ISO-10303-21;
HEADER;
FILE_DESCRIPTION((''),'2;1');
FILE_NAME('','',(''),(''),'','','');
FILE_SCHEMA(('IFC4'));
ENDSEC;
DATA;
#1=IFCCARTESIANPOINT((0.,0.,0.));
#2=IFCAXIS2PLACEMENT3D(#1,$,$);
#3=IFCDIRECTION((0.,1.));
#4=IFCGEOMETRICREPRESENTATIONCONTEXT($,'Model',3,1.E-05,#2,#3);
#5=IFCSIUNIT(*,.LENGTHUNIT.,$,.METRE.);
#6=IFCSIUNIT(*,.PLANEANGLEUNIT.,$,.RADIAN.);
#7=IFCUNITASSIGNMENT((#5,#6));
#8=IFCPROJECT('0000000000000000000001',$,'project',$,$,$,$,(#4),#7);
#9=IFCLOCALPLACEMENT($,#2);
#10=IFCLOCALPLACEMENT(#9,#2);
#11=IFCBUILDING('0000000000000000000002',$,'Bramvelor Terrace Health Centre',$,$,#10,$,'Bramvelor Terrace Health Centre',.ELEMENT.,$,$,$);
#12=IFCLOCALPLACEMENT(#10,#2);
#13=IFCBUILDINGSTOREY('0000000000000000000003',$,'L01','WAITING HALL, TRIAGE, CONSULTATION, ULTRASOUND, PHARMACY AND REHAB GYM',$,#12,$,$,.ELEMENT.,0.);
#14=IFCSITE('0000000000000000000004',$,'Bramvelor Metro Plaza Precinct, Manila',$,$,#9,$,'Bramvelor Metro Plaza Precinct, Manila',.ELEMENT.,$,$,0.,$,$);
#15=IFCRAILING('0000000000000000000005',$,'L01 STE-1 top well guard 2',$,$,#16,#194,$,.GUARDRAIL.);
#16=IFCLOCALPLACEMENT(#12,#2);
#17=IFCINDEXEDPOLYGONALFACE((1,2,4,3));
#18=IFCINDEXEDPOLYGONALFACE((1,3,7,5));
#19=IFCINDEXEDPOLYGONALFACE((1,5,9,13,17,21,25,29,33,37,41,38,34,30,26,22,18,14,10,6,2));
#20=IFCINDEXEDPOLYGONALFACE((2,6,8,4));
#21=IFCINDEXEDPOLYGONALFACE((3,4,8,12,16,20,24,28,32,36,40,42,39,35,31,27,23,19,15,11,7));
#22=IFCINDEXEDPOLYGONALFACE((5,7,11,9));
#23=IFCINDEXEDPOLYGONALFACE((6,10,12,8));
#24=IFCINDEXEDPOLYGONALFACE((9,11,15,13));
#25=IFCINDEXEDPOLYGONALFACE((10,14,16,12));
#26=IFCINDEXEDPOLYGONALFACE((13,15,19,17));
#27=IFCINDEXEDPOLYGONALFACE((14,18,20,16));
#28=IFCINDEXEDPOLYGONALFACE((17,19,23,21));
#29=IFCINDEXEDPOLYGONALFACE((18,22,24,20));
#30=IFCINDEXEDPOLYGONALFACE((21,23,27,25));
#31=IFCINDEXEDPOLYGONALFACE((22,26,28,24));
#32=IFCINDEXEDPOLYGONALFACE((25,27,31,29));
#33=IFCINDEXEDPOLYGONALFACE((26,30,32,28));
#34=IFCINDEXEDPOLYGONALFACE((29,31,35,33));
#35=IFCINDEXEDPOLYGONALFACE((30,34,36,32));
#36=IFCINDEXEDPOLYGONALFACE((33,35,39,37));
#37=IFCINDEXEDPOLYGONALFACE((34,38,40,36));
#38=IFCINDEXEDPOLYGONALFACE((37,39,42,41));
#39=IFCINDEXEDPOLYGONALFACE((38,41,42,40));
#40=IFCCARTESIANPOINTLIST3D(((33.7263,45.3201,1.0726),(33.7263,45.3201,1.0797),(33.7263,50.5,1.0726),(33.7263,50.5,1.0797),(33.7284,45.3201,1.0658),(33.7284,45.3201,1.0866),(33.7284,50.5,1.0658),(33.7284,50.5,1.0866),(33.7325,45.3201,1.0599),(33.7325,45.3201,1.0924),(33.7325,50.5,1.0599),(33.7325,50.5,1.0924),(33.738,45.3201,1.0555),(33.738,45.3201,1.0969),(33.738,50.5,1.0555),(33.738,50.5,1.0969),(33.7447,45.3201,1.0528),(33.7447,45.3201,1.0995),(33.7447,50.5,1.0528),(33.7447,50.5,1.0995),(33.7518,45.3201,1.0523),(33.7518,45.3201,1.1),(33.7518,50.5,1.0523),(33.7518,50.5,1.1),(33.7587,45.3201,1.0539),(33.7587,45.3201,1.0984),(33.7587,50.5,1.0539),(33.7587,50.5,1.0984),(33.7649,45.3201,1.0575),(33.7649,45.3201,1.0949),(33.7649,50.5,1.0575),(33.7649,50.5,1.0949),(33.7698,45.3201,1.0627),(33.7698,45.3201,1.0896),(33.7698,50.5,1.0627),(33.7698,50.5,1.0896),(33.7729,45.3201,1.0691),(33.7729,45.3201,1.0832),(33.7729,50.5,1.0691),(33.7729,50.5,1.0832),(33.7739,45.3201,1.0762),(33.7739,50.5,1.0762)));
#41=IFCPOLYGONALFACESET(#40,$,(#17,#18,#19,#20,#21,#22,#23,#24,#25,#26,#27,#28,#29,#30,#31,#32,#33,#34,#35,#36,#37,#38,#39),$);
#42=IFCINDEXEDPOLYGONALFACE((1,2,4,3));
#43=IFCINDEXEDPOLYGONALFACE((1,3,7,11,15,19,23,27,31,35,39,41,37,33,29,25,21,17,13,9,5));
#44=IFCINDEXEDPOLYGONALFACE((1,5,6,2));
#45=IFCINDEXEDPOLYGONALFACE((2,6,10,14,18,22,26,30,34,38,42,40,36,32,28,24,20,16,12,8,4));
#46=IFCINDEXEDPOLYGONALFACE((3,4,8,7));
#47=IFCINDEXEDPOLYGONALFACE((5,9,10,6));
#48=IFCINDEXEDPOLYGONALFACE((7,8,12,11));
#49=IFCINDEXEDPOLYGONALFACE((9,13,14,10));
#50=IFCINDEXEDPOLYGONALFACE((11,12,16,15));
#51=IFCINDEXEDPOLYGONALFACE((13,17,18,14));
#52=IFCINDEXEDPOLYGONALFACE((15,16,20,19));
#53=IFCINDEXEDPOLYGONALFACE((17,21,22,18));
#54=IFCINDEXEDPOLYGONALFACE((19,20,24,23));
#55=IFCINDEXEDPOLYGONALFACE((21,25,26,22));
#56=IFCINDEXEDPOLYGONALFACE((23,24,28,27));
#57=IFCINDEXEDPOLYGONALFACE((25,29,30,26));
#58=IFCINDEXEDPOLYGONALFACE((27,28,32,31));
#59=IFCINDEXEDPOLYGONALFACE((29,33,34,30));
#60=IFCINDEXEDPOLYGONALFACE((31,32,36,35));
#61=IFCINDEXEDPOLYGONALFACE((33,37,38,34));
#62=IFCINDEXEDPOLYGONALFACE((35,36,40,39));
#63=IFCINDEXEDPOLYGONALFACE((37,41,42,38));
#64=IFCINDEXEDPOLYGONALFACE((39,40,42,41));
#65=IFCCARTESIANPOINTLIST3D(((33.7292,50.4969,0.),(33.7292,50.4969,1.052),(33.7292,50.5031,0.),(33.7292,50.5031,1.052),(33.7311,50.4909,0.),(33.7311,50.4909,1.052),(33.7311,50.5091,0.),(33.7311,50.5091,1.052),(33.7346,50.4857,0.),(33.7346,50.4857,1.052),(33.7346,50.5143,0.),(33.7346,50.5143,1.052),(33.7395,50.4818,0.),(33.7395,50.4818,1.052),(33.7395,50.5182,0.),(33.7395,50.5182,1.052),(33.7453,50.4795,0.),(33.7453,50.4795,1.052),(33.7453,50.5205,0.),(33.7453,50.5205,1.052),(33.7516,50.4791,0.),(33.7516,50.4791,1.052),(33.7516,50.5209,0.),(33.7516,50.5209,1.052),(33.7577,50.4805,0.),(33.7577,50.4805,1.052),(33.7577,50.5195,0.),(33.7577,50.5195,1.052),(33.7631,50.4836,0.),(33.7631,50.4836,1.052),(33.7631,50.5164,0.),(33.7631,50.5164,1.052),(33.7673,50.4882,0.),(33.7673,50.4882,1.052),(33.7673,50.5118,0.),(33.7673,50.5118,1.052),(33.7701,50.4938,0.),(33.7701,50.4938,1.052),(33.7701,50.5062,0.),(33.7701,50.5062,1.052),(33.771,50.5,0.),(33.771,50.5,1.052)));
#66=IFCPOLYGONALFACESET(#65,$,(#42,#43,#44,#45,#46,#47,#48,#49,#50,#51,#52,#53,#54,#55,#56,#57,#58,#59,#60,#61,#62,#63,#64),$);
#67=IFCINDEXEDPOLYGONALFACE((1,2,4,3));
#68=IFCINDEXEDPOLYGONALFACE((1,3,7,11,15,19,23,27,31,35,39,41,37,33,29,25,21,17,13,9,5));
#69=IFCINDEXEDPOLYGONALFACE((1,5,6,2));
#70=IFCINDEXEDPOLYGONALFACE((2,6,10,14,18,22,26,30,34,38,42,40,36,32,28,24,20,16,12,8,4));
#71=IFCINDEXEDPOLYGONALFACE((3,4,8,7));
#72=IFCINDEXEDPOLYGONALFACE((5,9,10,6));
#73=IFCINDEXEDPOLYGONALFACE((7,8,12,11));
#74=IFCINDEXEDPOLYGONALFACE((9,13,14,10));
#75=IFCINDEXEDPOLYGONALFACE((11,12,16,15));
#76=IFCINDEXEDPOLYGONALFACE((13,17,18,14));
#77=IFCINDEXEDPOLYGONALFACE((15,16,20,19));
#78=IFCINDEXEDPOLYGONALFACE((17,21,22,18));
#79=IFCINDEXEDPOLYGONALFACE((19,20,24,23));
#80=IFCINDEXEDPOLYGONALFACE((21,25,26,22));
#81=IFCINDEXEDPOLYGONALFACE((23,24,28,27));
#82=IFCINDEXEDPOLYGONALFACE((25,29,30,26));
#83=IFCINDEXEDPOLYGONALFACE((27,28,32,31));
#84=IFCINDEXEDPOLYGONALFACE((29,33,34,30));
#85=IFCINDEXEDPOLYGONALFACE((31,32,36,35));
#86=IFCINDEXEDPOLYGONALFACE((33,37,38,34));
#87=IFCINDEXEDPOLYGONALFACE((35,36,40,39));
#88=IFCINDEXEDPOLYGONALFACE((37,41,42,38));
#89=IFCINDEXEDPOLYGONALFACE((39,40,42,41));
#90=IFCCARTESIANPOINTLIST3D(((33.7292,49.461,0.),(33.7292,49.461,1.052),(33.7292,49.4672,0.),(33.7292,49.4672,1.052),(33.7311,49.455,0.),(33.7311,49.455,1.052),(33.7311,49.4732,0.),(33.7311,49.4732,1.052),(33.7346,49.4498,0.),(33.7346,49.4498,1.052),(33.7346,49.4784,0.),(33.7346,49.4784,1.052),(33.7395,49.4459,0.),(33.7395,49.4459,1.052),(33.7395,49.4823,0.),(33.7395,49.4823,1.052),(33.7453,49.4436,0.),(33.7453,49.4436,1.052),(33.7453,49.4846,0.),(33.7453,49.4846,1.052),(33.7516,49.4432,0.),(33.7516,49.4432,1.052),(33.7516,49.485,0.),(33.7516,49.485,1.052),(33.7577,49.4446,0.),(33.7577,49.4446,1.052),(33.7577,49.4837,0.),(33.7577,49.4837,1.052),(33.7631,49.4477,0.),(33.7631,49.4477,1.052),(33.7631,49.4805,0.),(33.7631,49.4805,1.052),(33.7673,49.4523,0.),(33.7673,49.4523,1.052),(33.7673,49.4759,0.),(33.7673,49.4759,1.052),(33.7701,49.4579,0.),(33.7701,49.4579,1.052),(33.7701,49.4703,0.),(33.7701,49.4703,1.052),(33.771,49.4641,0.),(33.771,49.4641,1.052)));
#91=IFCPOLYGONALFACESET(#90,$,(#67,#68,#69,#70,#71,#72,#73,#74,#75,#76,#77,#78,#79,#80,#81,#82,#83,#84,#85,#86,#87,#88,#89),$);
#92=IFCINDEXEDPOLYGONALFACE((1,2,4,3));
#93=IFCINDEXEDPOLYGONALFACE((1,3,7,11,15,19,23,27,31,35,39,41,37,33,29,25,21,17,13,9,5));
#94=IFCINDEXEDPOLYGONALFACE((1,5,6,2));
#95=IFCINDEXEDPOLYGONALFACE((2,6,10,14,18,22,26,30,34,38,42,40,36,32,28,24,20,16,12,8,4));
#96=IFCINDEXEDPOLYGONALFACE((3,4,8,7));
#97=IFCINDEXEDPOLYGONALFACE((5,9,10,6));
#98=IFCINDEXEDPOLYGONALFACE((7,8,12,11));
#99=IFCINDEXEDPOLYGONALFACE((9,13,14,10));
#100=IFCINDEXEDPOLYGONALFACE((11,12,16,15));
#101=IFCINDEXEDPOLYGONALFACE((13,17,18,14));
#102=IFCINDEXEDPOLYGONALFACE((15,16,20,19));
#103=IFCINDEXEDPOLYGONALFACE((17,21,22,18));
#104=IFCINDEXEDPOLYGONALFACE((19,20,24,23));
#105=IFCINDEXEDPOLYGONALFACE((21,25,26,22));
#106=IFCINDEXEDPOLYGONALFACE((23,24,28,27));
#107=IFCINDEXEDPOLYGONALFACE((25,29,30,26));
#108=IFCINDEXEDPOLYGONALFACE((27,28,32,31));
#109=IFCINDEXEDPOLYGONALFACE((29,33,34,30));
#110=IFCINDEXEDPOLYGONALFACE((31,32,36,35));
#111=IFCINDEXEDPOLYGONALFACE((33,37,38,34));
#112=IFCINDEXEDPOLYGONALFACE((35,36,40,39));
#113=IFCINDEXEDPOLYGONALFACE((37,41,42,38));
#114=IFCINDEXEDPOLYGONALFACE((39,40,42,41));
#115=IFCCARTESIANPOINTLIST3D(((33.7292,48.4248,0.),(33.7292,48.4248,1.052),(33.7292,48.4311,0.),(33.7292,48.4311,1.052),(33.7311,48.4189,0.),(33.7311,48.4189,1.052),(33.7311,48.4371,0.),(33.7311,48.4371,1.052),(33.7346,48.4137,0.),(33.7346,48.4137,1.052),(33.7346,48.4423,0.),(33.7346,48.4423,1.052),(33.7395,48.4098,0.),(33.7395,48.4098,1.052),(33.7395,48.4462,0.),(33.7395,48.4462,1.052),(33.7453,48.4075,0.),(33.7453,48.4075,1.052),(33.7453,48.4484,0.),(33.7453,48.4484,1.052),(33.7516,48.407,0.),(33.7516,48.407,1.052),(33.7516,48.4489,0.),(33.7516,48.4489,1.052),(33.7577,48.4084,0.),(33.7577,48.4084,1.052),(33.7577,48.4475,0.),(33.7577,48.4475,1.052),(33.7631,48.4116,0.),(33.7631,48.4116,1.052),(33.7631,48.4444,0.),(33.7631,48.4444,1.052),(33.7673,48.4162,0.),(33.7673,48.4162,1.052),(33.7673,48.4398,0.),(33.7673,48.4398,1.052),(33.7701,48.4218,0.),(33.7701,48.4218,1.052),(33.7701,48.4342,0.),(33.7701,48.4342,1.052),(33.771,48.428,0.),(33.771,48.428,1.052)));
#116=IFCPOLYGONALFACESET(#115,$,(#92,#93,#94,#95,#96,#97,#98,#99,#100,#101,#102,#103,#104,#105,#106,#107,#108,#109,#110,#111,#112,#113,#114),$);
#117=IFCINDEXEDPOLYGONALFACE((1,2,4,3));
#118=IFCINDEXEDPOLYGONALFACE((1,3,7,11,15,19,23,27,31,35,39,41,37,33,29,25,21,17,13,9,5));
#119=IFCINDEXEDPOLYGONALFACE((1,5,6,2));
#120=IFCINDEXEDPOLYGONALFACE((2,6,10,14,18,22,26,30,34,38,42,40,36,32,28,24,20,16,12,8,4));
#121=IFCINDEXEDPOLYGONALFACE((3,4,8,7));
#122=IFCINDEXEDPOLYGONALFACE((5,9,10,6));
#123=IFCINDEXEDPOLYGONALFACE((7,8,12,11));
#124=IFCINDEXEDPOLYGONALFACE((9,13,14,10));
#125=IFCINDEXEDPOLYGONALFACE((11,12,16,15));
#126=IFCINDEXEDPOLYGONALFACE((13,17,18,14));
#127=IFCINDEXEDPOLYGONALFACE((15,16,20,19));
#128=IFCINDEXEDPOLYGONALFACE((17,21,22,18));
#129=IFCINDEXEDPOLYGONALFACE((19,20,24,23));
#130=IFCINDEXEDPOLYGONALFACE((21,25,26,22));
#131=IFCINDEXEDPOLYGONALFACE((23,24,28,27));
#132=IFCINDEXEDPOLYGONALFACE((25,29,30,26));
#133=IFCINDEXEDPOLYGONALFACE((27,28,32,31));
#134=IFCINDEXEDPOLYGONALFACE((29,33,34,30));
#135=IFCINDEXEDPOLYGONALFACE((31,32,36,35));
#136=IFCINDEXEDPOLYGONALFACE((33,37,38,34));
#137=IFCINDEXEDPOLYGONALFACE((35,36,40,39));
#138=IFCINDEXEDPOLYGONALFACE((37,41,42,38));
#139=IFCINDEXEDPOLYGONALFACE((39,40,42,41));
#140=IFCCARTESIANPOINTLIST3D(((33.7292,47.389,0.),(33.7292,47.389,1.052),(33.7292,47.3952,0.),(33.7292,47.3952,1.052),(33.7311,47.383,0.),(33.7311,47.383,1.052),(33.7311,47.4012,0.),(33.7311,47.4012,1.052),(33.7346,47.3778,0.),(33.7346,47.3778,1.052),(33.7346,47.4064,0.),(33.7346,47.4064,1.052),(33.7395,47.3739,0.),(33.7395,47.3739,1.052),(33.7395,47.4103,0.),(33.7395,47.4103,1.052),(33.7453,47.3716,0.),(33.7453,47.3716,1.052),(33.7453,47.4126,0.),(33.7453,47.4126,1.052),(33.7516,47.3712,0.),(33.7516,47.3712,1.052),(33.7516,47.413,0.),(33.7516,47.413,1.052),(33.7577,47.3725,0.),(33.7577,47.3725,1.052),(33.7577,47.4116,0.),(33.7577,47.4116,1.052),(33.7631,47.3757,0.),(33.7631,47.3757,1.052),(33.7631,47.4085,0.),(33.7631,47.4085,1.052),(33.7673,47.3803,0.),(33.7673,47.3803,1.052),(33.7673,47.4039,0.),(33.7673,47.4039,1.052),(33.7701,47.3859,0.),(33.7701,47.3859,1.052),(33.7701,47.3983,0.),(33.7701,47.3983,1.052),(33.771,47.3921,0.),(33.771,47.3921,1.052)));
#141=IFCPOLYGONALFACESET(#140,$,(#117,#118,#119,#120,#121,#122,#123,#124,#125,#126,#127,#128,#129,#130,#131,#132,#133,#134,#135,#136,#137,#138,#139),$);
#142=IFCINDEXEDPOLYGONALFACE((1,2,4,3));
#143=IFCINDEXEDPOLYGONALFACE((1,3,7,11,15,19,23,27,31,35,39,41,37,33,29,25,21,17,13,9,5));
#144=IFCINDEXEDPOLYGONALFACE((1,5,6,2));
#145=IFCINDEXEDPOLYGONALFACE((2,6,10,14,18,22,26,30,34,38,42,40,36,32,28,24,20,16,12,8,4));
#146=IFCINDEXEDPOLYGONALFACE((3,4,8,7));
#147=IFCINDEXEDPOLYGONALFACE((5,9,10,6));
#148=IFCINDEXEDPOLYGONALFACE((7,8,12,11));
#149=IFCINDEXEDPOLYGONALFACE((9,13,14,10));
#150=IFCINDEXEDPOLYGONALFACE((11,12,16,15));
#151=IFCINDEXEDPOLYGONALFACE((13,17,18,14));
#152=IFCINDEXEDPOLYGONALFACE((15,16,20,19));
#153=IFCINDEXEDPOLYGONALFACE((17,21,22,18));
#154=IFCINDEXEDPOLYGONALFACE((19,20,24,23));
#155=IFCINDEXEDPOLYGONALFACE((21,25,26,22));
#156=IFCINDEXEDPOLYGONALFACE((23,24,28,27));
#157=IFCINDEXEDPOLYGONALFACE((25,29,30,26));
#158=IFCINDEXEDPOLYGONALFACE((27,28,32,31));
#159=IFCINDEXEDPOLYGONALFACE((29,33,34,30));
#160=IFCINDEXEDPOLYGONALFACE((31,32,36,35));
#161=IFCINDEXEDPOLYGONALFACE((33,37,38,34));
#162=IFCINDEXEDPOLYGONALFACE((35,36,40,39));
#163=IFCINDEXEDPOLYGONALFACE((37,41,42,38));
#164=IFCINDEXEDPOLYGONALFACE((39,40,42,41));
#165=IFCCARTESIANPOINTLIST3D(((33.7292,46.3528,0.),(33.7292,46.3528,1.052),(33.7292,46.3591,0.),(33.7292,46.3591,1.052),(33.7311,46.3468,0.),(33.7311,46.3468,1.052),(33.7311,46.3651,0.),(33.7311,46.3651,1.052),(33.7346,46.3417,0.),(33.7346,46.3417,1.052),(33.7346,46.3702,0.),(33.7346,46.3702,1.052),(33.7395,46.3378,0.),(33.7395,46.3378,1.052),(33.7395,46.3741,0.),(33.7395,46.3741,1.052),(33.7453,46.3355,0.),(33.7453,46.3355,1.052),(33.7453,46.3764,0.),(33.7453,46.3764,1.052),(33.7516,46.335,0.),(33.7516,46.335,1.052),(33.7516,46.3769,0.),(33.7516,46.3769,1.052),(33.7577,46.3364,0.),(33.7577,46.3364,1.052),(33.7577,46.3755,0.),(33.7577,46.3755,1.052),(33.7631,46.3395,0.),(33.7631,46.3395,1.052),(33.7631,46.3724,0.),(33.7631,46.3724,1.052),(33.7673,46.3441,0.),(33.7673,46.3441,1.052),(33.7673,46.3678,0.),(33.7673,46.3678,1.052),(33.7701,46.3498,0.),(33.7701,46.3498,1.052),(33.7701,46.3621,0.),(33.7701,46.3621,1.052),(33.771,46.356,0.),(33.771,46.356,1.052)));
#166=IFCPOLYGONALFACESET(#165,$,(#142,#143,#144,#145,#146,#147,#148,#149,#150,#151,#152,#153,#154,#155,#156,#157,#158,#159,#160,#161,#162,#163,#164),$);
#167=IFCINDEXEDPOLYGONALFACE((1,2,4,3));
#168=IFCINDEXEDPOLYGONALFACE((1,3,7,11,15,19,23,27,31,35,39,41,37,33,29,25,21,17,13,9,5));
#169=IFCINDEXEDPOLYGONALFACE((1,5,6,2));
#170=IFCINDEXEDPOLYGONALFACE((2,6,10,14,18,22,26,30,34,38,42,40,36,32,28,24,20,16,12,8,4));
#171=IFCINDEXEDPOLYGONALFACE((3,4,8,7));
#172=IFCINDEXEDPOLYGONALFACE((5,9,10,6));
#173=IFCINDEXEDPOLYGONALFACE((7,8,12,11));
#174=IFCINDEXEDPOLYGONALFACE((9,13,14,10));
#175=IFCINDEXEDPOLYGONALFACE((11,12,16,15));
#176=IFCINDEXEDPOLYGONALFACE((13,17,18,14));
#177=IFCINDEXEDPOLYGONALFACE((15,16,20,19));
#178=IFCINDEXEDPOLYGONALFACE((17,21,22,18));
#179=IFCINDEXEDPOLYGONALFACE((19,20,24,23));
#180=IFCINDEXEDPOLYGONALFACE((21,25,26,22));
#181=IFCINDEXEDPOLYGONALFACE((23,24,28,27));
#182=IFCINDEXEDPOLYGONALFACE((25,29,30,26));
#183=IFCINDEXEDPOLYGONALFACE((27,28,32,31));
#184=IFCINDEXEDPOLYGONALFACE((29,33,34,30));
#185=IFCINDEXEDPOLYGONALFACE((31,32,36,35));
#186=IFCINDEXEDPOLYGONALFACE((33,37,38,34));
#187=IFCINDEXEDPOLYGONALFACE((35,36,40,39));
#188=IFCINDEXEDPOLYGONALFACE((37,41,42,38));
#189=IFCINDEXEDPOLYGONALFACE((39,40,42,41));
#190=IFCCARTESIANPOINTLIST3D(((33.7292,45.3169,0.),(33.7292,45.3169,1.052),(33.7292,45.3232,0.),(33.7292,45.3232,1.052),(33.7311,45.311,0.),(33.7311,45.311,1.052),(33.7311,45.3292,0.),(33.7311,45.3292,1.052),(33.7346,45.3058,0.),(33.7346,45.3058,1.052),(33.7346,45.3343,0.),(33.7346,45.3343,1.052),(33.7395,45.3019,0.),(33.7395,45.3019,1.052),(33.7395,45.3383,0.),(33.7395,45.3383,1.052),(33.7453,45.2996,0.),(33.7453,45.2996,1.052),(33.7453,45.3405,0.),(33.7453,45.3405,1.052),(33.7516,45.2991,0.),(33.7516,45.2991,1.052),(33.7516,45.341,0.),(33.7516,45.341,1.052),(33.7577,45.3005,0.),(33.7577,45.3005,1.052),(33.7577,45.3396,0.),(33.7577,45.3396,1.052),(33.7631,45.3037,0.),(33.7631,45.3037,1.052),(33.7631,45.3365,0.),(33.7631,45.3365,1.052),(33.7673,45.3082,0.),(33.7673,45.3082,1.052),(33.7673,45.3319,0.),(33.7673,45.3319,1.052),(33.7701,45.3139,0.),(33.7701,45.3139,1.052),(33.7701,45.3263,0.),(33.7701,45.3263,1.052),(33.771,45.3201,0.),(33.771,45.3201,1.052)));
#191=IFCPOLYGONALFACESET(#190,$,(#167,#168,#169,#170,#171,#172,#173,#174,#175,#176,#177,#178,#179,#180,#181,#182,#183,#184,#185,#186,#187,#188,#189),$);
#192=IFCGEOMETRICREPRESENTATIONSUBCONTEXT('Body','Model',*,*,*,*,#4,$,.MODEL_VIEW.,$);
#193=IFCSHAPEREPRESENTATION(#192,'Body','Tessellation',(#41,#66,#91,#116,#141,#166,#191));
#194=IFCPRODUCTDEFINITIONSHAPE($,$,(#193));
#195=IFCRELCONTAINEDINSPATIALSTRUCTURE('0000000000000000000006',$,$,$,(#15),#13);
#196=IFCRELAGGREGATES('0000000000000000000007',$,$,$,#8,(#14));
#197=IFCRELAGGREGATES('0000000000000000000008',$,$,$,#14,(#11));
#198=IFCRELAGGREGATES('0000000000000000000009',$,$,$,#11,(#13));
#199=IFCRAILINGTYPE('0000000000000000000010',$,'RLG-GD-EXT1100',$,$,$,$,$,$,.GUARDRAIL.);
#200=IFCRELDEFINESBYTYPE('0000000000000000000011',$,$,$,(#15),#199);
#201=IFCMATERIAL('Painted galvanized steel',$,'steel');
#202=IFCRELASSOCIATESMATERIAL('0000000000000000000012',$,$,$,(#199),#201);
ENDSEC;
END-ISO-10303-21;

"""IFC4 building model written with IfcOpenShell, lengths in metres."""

from ifc_helpers import new_model, si_unit, direction, frame, origin, origin_2d, place, context, subcontext, project, spatial, circle, extrude, material, type_object, element, save


model = new_model("IFC4")

# Units and contexts
model_context = context("Model", 3, precision=1e-05, world=origin(), true_north=direction((0.0, 1.0)))
body_context = subcontext(model_context, "Body", "Model", "MODEL_VIEW")
ifc_project = project(units=[si_unit("LENGTHUNIT", "METRE"), si_unit("PLANEANGLEUNIT", "RADIAN")], contexts=[model_context])

# Site, building, storey
site_placement = place(None, origin())
site = spatial("IfcSite", under=ifc_project, at=site_placement, Name="Bramvelor Metro Plaza Precinct, Manila", LongName="Bramvelor Metro Plaza Precinct, Manila", CompositionType="ELEMENT", RefElevation=0.0)
building_placement = place(site_placement, origin())
building = spatial("IfcBuilding", under=site, at=building_placement, Name="Bramvelor Terrace Health Centre", LongName="Bramvelor Terrace Health Centre", CompositionType="ELEMENT")
storey_placement = place(building_placement, origin())
storey = spatial("IfcBuildingStorey", under=building, at=storey_placement, Name="L01", Description="WAITING HALL, TRIAGE, CONSULTATION, ULTRASOUND, PHARMACY AND REHAB GYM", CompositionType="ELEMENT", Elevation=0.0)

# Railing
ifc_material_1 = material(Name="Painted galvanized steel", Category="steel")
railing_type_1 = type_object("IfcRailingType", Name="RLG-GD-EXT1100", PredefinedType="GUARDRAIL", material=ifc_material_1)
for number, where, name in (
    (1, (33.75, 50.5, 0.0), "L01 STE-1 top well guard 2"),
):
    element("IfcRailing", number, at=place(storey_placement, frame(where)), inside=storey, type_object=railing_type_1, Name=name, PredefinedType="GUARDRAIL", context=body_context, shape_type="SweptSolid", body=[
        extrude(circle(Radius=0.0239, at=origin_2d()), frame((0.0, 0.0, 1.0762), z_axis=(0.0, -1.0, 0.0), x_axis=(1.0, 0.0, 0.0)), (0.0, 0.0, 1.0), 5.1799),
        extrude(circle(Radius=0.021, at=origin_2d()), origin(), (0.0, 0.0, 1.0), 1.052),
        extrude(circle(Radius=0.021, at=origin_2d()), frame((0.0, -1.0359, 0.0)), (0.0, 0.0, 1.0), 1.052),
        extrude(circle(Radius=0.021, at=origin_2d()), frame((0.0, -2.072, 0.0)), (0.0, 0.0, 1.0), 1.052),
        extrude(circle(Radius=0.021, at=origin_2d()), frame((0.0, -3.1079, 0.0)), (0.0, 0.0, 1.0), 1.052),
        extrude(circle(Radius=0.021, at=origin_2d()), frame((0.0, -4.144, 0.0)), (0.0, 0.0, 1.0), 1.052),
        extrude(circle(Radius=0.021, at=origin_2d()), frame((0.0, -5.1799, 0.0)), (0.0, 0.0, 1.0), 1.052),
    ])

save(model, "model.ifc")
